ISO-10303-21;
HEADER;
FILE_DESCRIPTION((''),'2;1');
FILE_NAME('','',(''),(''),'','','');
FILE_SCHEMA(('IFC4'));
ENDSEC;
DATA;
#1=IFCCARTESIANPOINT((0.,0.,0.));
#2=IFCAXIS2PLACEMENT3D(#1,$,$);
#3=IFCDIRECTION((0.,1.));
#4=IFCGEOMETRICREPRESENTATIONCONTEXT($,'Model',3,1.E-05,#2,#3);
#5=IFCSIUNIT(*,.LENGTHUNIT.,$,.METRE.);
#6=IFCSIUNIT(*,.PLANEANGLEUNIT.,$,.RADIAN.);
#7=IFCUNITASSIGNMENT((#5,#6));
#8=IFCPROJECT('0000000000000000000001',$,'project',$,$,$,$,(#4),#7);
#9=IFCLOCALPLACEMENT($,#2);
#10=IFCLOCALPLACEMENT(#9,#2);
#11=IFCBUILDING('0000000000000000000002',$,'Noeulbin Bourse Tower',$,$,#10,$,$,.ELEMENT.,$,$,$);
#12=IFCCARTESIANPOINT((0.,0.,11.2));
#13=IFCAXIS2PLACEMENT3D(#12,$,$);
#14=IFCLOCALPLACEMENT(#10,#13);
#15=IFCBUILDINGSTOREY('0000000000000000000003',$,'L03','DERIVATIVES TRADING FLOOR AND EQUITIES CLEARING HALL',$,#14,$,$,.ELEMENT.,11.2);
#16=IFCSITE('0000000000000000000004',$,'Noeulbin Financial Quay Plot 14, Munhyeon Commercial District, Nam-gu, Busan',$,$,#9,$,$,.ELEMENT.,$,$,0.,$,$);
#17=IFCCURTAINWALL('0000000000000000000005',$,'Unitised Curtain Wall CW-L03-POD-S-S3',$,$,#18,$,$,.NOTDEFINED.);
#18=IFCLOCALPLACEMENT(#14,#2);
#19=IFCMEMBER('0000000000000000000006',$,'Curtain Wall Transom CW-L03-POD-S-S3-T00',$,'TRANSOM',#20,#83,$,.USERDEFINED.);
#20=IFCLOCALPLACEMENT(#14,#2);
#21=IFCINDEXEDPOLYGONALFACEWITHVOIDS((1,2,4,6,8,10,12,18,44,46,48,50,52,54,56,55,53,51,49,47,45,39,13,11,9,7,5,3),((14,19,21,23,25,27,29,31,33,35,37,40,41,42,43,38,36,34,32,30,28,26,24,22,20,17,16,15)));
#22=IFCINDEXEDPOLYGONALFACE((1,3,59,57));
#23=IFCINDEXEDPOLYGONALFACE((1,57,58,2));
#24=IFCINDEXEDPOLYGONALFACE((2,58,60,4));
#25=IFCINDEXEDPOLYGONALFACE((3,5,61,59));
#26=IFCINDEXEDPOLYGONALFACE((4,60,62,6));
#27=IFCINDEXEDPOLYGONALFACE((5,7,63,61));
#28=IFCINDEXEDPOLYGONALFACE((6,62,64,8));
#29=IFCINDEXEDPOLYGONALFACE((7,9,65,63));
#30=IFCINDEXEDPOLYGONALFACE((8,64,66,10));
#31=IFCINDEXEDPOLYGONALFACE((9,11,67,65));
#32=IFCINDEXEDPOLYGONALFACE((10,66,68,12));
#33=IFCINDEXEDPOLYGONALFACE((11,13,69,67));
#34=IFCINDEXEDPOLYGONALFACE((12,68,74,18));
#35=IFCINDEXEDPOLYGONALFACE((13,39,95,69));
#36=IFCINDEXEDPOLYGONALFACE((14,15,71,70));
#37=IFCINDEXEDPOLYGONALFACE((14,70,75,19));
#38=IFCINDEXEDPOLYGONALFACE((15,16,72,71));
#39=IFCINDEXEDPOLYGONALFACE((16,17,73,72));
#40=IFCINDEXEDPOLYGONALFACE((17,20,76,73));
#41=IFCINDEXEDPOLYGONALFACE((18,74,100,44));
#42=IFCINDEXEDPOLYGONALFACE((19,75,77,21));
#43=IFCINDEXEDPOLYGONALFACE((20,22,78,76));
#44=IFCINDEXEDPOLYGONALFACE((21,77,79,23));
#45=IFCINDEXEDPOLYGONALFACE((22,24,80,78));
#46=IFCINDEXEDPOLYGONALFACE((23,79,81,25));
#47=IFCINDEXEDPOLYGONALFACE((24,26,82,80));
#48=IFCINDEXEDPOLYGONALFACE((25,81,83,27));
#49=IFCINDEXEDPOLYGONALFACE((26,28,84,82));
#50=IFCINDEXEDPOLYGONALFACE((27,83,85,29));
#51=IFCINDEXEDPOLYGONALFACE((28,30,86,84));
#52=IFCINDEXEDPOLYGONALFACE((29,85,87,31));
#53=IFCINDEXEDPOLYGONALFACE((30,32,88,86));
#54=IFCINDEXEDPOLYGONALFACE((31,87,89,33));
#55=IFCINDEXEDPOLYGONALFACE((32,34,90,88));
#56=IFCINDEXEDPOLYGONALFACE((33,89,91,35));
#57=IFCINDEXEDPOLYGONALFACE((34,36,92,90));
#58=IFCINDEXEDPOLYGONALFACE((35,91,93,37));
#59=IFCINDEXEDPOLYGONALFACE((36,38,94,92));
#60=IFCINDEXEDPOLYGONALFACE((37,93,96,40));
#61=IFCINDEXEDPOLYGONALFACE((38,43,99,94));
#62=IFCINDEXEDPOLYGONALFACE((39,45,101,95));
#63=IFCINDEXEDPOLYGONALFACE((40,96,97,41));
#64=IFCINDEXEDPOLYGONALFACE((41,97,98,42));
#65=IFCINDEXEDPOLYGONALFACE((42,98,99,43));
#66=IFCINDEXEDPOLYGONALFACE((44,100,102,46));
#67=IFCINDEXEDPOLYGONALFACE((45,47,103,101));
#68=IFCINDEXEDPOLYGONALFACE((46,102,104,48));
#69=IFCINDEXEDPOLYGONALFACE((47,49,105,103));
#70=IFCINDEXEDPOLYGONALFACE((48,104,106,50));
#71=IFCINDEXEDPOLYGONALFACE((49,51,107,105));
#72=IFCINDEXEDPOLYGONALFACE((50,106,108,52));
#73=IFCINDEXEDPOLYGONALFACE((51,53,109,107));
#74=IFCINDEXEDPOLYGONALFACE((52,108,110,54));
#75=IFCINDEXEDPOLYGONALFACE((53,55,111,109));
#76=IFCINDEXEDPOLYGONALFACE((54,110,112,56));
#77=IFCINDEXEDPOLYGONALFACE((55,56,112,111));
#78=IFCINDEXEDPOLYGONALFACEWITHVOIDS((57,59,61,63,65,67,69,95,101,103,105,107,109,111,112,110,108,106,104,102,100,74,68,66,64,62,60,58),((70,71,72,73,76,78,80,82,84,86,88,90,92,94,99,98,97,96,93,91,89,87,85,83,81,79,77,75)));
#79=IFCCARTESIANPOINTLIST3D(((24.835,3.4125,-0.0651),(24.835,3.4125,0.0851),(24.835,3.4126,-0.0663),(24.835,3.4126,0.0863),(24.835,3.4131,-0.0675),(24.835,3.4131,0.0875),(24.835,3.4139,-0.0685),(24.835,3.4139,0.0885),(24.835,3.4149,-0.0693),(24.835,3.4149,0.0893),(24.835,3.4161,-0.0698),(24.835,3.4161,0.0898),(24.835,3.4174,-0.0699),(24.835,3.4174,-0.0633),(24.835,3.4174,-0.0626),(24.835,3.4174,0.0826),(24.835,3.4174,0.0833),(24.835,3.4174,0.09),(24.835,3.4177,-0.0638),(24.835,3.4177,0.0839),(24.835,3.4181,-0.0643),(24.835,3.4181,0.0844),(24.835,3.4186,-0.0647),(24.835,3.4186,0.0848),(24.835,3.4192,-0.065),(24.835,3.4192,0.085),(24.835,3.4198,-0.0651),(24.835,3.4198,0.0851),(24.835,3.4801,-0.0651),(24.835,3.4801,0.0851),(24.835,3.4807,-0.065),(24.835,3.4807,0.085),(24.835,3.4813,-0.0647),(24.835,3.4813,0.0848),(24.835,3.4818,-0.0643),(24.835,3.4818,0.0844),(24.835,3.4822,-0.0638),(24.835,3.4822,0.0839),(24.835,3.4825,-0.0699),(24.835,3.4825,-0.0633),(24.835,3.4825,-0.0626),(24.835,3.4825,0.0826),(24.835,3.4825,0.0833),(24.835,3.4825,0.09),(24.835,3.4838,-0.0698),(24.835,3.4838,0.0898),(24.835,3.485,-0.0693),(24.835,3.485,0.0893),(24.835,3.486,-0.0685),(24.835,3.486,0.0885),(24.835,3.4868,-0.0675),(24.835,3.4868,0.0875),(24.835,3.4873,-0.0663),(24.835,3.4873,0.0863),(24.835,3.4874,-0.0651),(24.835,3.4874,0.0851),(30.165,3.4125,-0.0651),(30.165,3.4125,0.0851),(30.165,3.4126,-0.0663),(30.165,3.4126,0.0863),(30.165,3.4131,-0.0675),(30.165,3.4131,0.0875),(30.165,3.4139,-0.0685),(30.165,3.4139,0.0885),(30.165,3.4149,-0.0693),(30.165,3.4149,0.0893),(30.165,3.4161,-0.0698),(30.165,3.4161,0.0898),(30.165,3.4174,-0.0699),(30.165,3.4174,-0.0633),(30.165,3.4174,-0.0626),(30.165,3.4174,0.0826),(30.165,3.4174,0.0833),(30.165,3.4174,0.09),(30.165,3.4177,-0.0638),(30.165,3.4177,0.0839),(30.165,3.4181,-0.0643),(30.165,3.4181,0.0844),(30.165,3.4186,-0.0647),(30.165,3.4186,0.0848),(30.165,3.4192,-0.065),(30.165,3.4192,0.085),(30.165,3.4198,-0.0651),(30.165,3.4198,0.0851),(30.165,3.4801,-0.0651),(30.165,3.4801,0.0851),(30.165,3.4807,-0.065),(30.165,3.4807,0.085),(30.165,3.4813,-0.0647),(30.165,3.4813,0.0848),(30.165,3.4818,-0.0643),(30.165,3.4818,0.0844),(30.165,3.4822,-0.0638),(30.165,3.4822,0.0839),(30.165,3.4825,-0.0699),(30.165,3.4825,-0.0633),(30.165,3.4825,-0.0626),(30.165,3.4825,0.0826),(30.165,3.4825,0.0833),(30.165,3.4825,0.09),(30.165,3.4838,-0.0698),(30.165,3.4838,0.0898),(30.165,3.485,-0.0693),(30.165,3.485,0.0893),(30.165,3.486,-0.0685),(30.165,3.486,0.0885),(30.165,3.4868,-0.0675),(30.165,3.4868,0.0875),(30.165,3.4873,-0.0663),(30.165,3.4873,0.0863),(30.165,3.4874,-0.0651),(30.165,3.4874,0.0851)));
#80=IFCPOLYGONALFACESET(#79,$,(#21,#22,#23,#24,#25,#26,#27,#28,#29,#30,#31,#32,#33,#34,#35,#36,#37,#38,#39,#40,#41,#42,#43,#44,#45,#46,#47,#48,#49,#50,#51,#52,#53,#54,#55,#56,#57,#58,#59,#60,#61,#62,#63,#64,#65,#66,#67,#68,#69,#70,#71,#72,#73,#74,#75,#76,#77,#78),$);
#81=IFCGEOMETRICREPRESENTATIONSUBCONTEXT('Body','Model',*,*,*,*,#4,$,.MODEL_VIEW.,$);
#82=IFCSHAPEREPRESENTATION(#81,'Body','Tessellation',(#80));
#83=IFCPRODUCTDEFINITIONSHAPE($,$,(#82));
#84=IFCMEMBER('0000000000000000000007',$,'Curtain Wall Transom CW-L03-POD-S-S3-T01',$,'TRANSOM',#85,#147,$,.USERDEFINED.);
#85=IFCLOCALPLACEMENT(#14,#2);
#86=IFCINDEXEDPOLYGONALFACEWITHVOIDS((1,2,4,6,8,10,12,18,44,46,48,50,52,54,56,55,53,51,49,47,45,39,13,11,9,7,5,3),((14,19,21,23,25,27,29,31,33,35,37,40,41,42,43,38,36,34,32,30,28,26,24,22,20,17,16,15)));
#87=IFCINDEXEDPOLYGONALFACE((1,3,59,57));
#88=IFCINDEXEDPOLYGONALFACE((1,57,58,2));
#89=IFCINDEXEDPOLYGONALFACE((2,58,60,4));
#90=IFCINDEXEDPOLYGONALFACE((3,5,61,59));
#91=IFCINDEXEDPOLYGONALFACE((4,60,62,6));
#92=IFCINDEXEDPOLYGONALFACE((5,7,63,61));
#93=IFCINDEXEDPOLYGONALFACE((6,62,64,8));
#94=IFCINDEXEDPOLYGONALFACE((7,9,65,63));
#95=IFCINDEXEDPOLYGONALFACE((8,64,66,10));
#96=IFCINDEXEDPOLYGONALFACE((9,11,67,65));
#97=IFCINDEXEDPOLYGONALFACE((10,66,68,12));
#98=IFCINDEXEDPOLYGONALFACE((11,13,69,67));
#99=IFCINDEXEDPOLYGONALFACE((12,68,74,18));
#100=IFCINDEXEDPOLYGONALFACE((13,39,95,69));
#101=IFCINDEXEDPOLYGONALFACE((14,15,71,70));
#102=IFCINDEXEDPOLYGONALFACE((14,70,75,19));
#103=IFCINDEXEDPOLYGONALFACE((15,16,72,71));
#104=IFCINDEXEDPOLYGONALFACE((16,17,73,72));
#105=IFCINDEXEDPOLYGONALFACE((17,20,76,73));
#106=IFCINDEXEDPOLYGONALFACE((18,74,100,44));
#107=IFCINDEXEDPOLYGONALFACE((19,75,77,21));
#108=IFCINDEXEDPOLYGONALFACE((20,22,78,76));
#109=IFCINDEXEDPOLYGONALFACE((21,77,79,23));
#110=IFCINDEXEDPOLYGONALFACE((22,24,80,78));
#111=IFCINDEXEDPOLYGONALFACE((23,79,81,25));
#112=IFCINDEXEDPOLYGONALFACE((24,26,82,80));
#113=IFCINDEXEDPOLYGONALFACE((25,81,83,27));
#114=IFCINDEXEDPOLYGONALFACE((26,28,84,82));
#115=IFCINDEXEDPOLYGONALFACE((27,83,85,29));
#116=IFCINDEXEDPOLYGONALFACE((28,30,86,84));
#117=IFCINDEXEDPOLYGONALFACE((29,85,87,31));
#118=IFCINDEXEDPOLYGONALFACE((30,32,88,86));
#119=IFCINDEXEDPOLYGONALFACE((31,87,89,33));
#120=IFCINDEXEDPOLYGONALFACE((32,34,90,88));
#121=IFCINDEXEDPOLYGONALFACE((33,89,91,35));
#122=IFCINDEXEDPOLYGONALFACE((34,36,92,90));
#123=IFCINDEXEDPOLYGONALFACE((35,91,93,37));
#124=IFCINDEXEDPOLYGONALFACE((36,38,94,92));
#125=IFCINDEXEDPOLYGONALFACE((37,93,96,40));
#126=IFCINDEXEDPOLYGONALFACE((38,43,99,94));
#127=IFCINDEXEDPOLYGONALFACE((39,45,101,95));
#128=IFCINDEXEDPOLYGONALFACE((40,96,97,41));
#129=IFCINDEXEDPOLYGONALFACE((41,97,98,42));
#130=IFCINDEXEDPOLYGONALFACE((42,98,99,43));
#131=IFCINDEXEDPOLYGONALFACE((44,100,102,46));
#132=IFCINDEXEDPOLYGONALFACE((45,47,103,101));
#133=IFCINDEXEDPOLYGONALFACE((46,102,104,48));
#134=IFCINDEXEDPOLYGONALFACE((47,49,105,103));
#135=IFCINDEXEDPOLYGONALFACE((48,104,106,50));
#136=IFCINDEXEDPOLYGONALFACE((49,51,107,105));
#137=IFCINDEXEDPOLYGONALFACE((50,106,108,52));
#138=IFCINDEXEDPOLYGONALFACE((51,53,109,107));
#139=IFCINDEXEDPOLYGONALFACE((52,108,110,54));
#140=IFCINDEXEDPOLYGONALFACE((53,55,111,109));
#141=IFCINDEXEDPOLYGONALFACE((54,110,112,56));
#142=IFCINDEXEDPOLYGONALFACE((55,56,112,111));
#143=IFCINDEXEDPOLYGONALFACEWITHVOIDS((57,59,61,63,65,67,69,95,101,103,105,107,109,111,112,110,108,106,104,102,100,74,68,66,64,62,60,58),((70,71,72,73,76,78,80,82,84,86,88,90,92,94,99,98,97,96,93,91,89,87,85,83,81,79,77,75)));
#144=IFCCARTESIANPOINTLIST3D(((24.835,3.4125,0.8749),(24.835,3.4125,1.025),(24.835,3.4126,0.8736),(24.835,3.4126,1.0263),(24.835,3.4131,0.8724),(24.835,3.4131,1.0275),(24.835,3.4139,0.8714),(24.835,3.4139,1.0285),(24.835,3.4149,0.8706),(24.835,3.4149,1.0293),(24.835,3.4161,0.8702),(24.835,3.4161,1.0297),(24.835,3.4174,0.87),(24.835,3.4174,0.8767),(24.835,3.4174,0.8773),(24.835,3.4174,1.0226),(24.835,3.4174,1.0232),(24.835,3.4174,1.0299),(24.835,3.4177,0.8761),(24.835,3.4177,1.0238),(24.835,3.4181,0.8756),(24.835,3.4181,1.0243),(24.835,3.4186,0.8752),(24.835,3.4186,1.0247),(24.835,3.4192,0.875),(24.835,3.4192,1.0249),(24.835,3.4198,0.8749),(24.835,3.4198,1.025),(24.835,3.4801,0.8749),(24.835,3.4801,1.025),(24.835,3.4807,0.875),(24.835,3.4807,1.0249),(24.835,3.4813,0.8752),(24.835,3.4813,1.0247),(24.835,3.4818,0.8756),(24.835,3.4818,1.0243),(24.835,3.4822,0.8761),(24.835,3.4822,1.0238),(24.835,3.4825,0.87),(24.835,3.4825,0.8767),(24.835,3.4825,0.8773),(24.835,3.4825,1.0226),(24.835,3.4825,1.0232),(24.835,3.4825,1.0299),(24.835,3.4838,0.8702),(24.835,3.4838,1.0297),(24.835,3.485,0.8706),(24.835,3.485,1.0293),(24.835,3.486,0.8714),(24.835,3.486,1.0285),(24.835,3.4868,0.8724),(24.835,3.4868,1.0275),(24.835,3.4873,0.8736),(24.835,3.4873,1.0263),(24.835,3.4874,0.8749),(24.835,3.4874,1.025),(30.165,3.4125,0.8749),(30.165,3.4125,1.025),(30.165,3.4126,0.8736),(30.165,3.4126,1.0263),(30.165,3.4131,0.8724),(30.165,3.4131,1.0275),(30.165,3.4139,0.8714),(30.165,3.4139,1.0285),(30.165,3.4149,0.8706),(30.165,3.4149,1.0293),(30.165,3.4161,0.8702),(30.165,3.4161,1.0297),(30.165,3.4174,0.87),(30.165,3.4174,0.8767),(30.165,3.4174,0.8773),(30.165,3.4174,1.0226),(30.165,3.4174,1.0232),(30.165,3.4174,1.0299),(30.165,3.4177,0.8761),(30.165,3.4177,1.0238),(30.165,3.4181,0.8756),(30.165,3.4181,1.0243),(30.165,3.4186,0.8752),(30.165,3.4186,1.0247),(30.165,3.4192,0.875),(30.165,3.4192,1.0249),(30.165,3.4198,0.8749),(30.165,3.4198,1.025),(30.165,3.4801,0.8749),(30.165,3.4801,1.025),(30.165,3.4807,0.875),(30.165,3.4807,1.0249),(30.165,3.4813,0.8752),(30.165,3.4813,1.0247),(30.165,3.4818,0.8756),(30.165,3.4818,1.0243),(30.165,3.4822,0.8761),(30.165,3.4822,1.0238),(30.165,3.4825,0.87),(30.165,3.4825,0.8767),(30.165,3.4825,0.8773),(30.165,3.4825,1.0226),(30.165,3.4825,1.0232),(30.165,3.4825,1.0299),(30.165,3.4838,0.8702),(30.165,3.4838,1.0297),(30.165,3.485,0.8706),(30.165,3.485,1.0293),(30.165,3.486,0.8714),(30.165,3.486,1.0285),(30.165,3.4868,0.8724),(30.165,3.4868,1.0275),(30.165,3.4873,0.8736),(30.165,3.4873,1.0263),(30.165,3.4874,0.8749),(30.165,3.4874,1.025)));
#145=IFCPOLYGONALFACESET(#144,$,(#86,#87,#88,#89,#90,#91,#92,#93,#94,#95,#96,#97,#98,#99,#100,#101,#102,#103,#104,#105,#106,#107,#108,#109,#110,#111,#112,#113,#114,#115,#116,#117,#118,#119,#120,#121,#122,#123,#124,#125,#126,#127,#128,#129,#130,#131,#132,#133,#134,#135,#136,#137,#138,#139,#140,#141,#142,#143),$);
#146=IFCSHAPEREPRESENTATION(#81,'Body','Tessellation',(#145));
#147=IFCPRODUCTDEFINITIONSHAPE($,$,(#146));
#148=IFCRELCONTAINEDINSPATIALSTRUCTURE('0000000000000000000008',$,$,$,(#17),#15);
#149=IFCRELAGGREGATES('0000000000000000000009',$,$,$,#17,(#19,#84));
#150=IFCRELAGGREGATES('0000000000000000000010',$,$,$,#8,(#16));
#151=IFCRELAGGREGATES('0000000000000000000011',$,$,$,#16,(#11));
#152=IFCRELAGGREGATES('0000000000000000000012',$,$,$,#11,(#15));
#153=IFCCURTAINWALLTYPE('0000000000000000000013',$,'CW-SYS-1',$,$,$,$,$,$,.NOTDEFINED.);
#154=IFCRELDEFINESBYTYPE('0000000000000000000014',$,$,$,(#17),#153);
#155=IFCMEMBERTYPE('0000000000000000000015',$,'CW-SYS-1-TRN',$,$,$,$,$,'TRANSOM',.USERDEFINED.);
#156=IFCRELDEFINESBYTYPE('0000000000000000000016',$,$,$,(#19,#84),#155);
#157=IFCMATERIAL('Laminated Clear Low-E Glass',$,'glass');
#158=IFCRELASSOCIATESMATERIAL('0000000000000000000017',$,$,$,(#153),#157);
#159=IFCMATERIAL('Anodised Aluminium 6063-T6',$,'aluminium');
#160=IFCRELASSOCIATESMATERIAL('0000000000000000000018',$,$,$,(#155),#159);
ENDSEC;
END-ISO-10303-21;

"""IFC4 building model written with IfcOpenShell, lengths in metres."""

from ifc_helpers import new_model, si_unit, direction, frame, origin, origin_2d, place, context, subcontext, project, spatial, hollow_rectangle, extrude, material, material_profile, profile_set, type_object, element, aggregate, save


model = new_model("IFC4")

# Units and contexts
model_context = context("Model", 3, precision=1e-05, world=origin(), true_north=direction((0.0, 1.0)))
body_context = subcontext(model_context, "Body", "Model", "MODEL_VIEW")
ifc_project = project(units=[si_unit("LENGTHUNIT", "METRE"), si_unit("PLANEANGLEUNIT", "RADIAN")], contexts=[model_context])

# Site, building, storey
site_placement = place(None, origin())
site = spatial("IfcSite", under=ifc_project, at=site_placement, Name="Noeulbin Financial Quay Plot 14, Munhyeon Commercial District, Nam-gu, Busan", CompositionType="ELEMENT", RefElevation=0.0)
building_placement = place(site_placement, origin())
building = spatial("IfcBuilding", under=site, at=building_placement, Name="Noeulbin Bourse Tower", CompositionType="ELEMENT")
storey_placement = place(building_placement, frame((0.0, 0.0, 11.2)))
storey = spatial("IfcBuildingStorey", under=building, at=storey_placement, Name="L03", Description="DERIVATIVES TRADING FLOOR AND EQUITIES CLEARING HALL", CompositionType="ELEMENT", Elevation=11.2)

# Shared definitions
ifc_material_1 = material(Name="Laminated Clear Low-E Glass", Category="glass")
curtain_wall_type = type_object("IfcCurtainWallType", Name="CW-SYS-1", PredefinedType="NOTDEFINED", material=ifc_material_1)
ifc_material_2 = material(Name="Anodised Aluminium 6063-T6", Category="aluminium")

# Curtain wall
curtain_wall_1_placement = place(storey_placement, origin())
curtain_wall_1 = element("IfcCurtainWall", 1, at=curtain_wall_1_placement, inside=storey, type_object=curtain_wall_type, Name="Unitised Curtain Wall CW-L03-POD-S-S3", PredefinedType="NOTDEFINED")

# Members
ifc_material_profile_1 = material_profile(ifc_material_2, hollow_rectangle(XDim=0.075, YDim=0.1599, WallThickness=0.0049, InnerFilletRadius=0.0024, OuterFilletRadius=0.0049, at=origin_2d()), Name="ALU-TRAN-75x160x5", Category="LoadBearing")
ifc_profile_set_1 = profile_set([ifc_material_profile_1], Name="Anodised Aluminium 6063-T6")
member_type_1 = type_object("IfcMemberType", Name="CW-SYS-1-TRN", ElementType="TRANSOM", PredefinedType="USERDEFINED", material=ifc_profile_set_1)
member_1_placement = place(storey_placement, frame((24.835, 3.45, 0.01), z_axis=(1.0, 0.0, 0.0), x_axis=(0.0, 1.0, 0.0)))
member_1 = element("IfcMember", 2, at=member_1_placement, type_object=member_type_1, Name="Curtain Wall Transom CW-L03-POD-S-S3-T00", ObjectType="TRANSOM", PredefinedType="USERDEFINED", context=body_context, shape_type="SweptSolid", body=[
    extrude(hollow_rectangle(XDim=0.075, YDim=0.1599, WallThickness=0.0049, InnerFilletRadius=0.0024, OuterFilletRadius=0.0049, at=origin_2d()), origin(), (0.0, 0.0, 1.0), 5.3301),
])
member_2_placement = place(storey_placement, frame((24.835, 3.45, 0.95), z_axis=(1.0, 0.0, 0.0), x_axis=(0.0, 1.0, 0.0)))
member_2 = element("IfcMember", 3, at=member_2_placement, type_object=member_type_1, Name="Curtain Wall Transom CW-L03-POD-S-S3-T01", ObjectType="TRANSOM", PredefinedType="USERDEFINED", context=body_context, shape_type="SweptSolid", body=[
    extrude(hollow_rectangle(XDim=0.075, YDim=0.1599, WallThickness=0.0049, InnerFilletRadius=0.0024, OuterFilletRadius=0.0049, at=origin_2d()), origin(), (0.0, 0.0, 1.0), 5.3301),
])

aggregate(curtain_wall_1, [member_1, member_2])

save(model, "model.ifc")
